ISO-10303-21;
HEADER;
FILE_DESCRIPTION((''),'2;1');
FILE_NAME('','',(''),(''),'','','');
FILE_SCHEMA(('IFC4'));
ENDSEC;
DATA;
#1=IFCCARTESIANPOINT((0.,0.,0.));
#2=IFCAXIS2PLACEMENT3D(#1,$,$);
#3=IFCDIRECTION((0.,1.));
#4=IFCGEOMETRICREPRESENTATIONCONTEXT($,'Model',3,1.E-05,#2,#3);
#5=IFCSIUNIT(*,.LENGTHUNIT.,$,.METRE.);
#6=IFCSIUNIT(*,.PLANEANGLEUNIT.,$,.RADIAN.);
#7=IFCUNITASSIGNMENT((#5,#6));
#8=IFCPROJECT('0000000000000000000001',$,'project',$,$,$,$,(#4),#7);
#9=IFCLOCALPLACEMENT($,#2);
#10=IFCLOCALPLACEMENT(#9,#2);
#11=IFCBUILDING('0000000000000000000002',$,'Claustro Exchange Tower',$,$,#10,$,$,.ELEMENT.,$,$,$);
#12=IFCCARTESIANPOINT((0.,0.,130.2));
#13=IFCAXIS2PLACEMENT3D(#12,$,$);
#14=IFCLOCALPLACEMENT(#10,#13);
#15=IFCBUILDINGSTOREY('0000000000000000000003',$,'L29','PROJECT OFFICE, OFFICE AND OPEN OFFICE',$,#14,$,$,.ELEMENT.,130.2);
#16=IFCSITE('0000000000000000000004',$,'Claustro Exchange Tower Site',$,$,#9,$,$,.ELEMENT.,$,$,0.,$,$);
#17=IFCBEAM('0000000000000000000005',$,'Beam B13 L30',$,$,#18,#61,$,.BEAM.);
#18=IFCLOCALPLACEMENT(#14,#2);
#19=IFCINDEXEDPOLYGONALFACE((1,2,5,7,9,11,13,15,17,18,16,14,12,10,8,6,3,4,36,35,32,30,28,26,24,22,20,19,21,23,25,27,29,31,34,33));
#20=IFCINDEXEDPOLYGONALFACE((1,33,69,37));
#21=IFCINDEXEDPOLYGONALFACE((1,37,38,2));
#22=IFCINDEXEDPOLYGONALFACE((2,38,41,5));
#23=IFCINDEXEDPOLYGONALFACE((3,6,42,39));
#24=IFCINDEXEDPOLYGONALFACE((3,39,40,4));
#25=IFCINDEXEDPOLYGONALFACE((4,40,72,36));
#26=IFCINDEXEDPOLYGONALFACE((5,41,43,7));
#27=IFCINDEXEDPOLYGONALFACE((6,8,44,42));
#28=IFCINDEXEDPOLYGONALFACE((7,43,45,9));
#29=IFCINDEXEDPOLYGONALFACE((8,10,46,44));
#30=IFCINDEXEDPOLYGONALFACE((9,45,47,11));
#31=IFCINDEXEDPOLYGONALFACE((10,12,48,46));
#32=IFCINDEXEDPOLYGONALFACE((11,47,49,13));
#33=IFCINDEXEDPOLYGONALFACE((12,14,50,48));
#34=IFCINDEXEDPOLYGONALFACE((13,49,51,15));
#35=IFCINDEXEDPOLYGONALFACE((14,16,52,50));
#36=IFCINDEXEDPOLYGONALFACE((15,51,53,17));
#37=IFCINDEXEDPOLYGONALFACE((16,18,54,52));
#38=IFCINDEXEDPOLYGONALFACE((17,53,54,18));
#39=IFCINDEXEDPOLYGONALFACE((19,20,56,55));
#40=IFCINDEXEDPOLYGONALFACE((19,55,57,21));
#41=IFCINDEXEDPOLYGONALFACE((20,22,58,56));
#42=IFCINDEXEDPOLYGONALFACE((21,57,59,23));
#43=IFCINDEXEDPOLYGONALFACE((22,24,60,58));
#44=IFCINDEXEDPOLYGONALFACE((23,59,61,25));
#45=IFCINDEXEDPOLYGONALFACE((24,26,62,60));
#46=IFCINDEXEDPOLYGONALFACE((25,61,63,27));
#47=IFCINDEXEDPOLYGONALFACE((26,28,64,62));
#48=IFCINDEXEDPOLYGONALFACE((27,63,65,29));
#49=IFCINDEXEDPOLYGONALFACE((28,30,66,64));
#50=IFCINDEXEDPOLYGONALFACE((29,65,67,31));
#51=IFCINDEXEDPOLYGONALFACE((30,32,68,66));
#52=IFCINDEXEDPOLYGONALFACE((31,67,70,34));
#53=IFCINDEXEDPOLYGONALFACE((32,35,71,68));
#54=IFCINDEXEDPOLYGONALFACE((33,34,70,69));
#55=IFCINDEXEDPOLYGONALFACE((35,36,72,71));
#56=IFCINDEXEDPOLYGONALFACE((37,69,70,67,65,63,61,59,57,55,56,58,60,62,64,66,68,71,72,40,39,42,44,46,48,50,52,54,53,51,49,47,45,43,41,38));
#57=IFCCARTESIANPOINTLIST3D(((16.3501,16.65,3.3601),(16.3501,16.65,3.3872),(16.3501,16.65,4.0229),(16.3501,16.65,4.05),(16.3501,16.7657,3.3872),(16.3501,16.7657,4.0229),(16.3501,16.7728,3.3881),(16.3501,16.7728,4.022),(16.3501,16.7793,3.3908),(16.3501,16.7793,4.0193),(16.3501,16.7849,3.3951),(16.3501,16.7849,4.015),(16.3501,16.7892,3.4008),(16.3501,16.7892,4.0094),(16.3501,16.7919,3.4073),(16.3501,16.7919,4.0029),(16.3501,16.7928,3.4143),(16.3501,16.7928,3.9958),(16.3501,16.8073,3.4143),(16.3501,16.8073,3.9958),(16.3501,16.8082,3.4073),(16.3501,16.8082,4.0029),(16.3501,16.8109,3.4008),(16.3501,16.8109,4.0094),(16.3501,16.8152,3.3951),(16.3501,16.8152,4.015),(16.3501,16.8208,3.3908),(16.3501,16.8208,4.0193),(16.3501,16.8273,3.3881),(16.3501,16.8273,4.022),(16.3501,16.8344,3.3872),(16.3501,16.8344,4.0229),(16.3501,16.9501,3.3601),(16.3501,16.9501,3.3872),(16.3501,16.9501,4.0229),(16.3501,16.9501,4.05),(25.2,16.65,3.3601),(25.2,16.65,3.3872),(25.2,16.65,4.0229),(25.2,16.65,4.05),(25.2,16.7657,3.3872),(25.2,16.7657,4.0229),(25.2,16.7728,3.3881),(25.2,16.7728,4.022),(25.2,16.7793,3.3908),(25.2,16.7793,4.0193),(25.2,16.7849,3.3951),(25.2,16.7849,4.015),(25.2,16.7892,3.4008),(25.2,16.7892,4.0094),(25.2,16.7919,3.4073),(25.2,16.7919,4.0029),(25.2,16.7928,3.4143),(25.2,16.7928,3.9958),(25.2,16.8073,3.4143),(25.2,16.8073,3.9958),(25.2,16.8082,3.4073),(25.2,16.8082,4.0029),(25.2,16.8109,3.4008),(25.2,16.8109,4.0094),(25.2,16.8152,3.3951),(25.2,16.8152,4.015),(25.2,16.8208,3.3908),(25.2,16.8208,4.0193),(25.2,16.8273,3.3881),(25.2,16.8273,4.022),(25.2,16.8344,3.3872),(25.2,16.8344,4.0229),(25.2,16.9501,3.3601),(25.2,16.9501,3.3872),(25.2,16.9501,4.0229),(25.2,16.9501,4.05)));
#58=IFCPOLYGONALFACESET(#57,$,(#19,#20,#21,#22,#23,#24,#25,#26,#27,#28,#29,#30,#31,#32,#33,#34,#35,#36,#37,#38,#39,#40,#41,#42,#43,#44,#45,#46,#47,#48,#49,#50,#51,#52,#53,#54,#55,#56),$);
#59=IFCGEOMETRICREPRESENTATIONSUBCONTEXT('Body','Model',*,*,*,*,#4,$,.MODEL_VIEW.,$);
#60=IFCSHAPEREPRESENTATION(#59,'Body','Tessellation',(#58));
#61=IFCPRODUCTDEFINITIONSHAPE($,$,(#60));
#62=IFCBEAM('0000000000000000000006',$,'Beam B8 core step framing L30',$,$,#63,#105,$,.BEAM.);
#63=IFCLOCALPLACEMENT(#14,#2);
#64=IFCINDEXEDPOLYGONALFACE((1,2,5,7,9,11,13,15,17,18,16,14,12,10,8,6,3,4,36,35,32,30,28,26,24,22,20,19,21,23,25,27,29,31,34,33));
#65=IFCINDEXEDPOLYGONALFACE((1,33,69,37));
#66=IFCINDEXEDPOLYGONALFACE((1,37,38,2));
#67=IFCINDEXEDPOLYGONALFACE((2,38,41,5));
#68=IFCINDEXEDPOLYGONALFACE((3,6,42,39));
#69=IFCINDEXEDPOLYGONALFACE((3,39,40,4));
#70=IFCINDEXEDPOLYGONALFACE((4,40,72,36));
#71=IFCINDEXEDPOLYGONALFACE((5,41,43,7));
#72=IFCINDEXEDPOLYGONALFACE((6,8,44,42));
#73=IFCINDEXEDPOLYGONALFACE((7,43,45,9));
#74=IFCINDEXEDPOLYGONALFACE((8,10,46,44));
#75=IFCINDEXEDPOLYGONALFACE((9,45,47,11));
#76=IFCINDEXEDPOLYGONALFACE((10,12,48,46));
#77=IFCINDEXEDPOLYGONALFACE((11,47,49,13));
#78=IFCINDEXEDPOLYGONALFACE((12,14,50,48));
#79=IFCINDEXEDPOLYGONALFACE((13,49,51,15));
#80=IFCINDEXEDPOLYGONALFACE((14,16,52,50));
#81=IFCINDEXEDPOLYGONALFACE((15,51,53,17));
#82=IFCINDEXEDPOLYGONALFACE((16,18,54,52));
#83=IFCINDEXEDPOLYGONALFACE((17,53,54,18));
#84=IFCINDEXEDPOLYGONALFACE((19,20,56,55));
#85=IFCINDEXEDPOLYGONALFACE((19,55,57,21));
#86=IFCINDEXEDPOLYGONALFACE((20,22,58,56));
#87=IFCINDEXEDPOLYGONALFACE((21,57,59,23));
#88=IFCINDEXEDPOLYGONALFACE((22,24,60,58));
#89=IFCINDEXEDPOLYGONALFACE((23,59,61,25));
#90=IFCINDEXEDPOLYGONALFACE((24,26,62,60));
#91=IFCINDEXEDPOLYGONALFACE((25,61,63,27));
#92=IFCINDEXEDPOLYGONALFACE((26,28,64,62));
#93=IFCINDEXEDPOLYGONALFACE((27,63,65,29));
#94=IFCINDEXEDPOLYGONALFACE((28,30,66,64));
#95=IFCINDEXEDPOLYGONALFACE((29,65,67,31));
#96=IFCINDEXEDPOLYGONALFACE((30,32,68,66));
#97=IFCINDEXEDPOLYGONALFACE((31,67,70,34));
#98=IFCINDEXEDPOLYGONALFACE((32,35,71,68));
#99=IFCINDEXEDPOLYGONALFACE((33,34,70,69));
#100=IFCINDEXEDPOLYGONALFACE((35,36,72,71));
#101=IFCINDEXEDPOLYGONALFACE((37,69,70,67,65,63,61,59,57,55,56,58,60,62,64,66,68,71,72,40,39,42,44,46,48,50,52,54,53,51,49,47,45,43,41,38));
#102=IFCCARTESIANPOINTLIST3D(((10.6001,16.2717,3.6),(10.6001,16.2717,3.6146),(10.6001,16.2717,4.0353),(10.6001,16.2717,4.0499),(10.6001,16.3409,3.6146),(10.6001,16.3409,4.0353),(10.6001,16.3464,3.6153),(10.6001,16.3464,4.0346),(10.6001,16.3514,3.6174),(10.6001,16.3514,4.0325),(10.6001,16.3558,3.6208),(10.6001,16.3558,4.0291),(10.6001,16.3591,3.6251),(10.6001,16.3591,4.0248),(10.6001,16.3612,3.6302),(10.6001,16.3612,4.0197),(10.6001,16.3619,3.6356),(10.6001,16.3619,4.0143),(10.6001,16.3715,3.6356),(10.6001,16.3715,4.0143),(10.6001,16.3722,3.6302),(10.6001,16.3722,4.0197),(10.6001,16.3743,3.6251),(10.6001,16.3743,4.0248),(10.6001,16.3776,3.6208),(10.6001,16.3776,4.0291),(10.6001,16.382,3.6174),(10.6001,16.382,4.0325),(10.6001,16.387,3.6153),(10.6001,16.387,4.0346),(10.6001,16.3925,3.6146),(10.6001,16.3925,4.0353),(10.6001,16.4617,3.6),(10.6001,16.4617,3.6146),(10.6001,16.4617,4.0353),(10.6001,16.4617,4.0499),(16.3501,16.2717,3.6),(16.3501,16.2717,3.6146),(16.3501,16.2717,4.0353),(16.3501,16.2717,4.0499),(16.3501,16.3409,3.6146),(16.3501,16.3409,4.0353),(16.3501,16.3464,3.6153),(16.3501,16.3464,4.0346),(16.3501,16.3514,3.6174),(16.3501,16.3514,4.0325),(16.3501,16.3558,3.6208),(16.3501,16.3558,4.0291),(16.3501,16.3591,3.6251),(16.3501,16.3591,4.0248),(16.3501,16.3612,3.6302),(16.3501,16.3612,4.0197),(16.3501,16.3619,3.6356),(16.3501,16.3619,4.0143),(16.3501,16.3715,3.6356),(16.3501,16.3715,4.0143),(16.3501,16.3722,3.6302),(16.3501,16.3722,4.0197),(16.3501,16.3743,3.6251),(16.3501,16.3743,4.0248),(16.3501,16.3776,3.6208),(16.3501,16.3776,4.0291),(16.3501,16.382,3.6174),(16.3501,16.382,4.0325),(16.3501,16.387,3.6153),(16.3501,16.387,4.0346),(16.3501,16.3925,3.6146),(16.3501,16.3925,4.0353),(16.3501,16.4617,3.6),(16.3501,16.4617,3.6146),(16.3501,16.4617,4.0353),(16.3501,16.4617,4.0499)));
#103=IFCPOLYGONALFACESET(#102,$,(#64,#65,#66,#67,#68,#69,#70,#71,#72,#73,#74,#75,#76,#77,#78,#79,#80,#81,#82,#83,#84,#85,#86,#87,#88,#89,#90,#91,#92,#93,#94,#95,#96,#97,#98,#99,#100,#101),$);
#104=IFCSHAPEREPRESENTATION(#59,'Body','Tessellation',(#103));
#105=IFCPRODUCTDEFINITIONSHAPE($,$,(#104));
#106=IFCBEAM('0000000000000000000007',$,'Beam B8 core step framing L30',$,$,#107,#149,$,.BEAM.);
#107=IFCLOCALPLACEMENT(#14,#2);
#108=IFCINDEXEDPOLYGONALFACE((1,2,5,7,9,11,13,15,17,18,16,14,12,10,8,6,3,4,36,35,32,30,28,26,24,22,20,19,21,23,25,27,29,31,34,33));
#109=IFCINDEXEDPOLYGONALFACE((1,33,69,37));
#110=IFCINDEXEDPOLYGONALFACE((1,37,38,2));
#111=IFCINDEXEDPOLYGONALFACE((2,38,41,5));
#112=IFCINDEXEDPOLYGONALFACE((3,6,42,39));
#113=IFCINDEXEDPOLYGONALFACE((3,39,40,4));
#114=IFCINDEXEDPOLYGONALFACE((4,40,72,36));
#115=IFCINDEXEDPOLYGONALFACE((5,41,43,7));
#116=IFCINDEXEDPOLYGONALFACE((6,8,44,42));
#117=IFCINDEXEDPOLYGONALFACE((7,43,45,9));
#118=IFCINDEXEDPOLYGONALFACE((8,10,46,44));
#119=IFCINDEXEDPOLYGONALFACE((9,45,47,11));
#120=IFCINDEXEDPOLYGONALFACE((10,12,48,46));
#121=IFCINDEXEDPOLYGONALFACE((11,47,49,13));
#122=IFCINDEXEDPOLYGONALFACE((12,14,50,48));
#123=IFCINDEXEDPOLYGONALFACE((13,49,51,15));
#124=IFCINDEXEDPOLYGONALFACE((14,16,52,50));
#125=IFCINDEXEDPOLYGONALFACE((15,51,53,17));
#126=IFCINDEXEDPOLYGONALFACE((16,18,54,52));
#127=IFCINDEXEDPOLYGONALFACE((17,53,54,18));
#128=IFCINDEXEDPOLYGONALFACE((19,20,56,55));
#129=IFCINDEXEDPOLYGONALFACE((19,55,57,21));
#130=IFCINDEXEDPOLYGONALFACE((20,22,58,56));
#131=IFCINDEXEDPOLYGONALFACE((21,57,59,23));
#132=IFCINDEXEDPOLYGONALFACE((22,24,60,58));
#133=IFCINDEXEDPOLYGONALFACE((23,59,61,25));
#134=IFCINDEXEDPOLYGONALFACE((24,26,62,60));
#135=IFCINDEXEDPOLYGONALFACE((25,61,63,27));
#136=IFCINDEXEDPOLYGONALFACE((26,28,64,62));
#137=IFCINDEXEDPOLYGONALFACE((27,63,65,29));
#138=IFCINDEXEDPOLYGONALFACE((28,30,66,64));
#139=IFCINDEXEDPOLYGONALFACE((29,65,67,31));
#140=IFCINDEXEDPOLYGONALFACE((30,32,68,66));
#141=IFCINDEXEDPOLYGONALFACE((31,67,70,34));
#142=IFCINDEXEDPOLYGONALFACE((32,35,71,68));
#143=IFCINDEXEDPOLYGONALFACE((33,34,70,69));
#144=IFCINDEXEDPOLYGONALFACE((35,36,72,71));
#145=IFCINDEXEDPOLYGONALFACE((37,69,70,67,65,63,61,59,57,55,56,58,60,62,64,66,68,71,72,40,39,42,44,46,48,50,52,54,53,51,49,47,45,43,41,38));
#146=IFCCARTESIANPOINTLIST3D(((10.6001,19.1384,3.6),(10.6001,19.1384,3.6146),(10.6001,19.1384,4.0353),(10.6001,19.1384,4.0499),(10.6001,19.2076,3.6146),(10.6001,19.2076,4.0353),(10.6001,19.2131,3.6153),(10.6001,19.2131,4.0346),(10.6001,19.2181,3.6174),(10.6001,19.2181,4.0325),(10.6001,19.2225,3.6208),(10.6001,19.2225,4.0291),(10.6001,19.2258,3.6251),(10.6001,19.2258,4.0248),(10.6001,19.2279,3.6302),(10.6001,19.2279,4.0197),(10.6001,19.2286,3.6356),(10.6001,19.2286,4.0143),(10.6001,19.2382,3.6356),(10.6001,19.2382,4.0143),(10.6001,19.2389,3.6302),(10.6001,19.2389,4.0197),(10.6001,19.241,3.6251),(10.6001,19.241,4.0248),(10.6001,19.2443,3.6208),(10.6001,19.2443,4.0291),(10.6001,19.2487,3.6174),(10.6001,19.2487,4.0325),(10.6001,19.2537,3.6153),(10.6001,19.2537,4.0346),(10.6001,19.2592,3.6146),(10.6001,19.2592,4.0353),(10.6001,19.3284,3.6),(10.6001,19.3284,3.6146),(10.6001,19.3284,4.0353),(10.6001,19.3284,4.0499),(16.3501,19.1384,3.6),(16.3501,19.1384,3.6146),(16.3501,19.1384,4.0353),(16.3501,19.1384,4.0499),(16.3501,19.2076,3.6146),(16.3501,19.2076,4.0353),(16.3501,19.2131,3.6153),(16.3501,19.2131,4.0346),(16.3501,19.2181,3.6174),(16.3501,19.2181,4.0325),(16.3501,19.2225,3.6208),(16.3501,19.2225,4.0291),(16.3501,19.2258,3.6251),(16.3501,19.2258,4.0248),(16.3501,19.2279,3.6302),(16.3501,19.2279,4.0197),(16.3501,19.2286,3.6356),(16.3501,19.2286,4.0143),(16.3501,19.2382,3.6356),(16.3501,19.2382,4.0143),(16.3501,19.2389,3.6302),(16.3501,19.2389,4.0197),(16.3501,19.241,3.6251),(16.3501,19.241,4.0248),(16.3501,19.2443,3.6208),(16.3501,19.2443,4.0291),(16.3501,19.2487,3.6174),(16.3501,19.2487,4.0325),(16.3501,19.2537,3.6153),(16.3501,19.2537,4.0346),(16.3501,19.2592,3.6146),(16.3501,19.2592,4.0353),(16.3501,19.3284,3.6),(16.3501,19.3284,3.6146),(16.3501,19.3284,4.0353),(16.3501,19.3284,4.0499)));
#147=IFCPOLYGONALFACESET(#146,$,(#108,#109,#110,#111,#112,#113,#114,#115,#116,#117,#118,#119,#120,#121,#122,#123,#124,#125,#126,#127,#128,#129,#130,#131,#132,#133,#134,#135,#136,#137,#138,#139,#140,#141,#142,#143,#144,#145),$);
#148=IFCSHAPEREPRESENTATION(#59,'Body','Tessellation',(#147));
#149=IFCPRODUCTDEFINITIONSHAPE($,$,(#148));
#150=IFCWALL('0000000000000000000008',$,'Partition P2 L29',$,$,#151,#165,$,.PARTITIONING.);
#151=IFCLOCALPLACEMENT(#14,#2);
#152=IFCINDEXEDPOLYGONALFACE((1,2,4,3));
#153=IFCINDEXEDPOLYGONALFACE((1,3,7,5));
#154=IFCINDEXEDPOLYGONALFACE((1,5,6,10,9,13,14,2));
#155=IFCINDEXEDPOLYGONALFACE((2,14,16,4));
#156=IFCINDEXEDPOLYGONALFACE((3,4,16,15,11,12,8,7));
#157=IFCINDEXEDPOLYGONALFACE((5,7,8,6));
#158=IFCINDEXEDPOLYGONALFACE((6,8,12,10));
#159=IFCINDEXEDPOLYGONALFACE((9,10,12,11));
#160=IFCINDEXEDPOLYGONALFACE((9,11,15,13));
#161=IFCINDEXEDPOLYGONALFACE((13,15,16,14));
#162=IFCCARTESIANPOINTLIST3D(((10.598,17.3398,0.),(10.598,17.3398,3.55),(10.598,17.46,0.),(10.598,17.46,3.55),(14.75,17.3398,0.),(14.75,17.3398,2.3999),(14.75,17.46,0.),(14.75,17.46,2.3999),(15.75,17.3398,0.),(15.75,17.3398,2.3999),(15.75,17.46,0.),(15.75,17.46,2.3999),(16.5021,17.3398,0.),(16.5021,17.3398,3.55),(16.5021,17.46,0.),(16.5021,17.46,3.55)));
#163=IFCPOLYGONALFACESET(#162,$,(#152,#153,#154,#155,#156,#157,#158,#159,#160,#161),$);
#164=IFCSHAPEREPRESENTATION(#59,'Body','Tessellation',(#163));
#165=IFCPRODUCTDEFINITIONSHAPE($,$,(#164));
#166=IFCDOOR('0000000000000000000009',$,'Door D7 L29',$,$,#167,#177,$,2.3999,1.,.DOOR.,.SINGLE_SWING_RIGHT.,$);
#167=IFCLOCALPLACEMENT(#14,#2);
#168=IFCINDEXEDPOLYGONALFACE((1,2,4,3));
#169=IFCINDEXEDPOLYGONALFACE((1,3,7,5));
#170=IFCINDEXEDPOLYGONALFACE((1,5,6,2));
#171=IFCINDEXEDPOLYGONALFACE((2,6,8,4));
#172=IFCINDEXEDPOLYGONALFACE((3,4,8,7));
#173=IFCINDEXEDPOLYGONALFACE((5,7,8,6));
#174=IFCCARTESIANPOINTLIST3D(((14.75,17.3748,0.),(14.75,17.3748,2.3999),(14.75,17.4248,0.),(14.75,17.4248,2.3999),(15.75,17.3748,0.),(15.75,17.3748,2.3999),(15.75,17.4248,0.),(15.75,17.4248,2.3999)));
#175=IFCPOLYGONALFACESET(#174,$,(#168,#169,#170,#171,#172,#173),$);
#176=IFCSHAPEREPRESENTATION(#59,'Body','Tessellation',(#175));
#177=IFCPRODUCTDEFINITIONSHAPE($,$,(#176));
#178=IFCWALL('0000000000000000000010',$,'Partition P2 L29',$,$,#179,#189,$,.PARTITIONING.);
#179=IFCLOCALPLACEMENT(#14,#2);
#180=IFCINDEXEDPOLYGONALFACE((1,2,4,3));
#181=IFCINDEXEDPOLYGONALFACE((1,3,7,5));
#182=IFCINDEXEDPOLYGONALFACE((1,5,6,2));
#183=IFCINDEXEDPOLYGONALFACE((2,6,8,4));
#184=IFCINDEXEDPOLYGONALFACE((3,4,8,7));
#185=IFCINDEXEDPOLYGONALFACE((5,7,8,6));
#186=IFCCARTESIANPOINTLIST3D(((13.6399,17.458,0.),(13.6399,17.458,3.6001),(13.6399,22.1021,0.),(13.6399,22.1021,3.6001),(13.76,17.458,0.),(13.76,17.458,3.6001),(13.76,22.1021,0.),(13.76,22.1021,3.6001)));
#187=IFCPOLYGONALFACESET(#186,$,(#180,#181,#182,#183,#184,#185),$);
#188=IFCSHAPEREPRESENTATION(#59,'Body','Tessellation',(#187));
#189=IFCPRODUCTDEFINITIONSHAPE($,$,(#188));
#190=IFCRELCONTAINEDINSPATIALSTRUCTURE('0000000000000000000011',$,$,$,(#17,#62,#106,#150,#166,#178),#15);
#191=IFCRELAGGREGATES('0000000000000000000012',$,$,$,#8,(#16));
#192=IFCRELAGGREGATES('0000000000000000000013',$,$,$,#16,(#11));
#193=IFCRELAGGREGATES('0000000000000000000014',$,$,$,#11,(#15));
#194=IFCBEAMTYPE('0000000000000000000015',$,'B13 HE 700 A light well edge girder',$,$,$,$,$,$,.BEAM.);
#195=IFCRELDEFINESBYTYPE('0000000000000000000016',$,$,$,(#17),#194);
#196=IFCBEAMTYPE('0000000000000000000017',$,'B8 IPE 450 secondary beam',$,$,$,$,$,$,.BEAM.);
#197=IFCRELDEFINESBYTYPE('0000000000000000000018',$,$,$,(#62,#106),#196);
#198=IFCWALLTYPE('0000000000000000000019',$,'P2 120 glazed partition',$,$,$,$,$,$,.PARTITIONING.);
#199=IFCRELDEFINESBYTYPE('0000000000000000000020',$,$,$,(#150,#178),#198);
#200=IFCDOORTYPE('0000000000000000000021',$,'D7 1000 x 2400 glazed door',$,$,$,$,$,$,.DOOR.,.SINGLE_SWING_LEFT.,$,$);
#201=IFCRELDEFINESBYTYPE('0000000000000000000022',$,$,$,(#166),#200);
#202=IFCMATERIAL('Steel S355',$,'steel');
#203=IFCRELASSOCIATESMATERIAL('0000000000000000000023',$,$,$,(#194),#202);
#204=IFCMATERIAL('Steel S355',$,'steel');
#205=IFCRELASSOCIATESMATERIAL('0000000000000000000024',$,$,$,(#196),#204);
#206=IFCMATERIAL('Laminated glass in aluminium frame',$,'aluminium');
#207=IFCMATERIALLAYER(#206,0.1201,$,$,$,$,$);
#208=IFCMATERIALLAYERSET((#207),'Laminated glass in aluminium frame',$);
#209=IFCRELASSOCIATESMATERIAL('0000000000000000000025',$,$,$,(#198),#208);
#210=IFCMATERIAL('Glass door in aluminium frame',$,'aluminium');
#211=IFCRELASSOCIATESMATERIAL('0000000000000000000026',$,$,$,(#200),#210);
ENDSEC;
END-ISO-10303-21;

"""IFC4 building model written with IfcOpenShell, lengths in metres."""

from ifc_helpers import new_model, si_unit, direction, frame, frame_2d, origin, origin_2d, place, context, subcontext, project, spatial, rectangle, i_section, extrude, material, layer, layer_set, material_profile, profile_set, type_object, element, fill, save


model = new_model("IFC4")

# Units and contexts
model_context = context("Model", 3, precision=1e-05, world=origin(), true_north=direction((0.0, 1.0)))
body_context = subcontext(model_context, "Body", "Model", "MODEL_VIEW")
ifc_project = project(units=[si_unit("LENGTHUNIT", "METRE"), si_unit("PLANEANGLEUNIT", "RADIAN")], contexts=[model_context])

# Site, building, storey
site_placement = place(None, origin())
site = spatial("IfcSite", under=ifc_project, at=site_placement, Name="Claustro Exchange Tower Site", CompositionType="ELEMENT", RefElevation=0.0)
building_placement = place(site_placement, origin())
building = spatial("IfcBuilding", under=site, at=building_placement, Name="Claustro Exchange Tower", CompositionType="ELEMENT")
storey_placement = place(building_placement, frame((0.0, 0.0, 130.2)))
storey = spatial("IfcBuildingStorey", under=building, at=storey_placement, Name="L29", Description="PROJECT OFFICE, OFFICE AND OPEN OFFICE", CompositionType="ELEMENT", Elevation=130.2)

# Beams
ifc_material_1 = material(Name="Steel S355", Category="steel")
ifc_material_profile_1 = material_profile(ifc_material_1, i_section(OverallWidth=0.3, OverallDepth=0.6899, WebThickness=0.0144, FlangeThickness=0.0271, FilletRadius=0.0271, at=origin_2d()), Name="HE 700 A")
ifc_profile_set_1 = profile_set([ifc_material_profile_1], Name="Steel S355")
beam_type_1 = type_object("IfcBeamType", Name="B13 HE 700 A light well edge girder", PredefinedType="BEAM", material=ifc_profile_set_1)
beam_placement = place(storey_placement, frame((16.3501, 16.8, 3.7051), z_axis=(1.0, 0.0, 0.0), x_axis=(0.0, 1.0, 0.0)))
element("IfcBeam", 1, at=beam_placement, inside=storey, type_object=beam_type_1, Name="Beam B13 L30", PredefinedType="BEAM", context=body_context, shape_type="SweptSolid", body=[
    extrude(i_section(OverallWidth=0.3, OverallDepth=0.6899, WebThickness=0.0144, FlangeThickness=0.0271, FilletRadius=0.0271, at=origin_2d()), origin(), (0.0, 0.0, 1.0), 8.8499),
])
ifc_material_2 = material(Name="Steel S355", Category="steel")
ifc_material_profile_2 = material_profile(ifc_material_2, i_section(OverallWidth=0.1899, OverallDepth=0.45, WebThickness=0.0095, FlangeThickness=0.0146, FilletRadius=0.021, at=origin_2d()), Name="IPE 450")
ifc_profile_set_2 = profile_set([ifc_material_profile_2], Name="Steel S355")
beam_type_2 = type_object("IfcBeamType", Name="B8 IPE 450 secondary beam", PredefinedType="BEAM", material=ifc_profile_set_2)
for number, where, z_axis, x_axis, name in (
    (2, (10.6001, 16.3667, 3.825), (1.0, 0.0, 0.0), (0.0, 1.0, 0.0), "Beam B8 core step framing L30"),
    (3, (10.6001, 19.2334, 3.825), (1.0, 0.0, 0.0), (0.0, 1.0, 0.0), "Beam B8 core step framing L30"),
):
    element("IfcBeam", number, at=place(storey_placement, frame(where, z_axis=z_axis, x_axis=x_axis)), inside=storey, type_object=beam_type_2, Name=name, PredefinedType="BEAM", context=body_context, shape_type="SweptSolid", body=[
        extrude(i_section(OverallWidth=0.1899, OverallDepth=0.45, WebThickness=0.0095, FlangeThickness=0.0146, FilletRadius=0.021, at=origin_2d()), origin(), (0.0, 0.0, 1.0), 5.75),
    ])

# Wall, opening, door
ifc_material_3 = material(Name="Laminated glass in aluminium frame", Category="aluminium")
ifc_layer_1 = layer(ifc_material_3, 0.1201)
ifc_layer_set_1 = layer_set([ifc_layer_1], Name="Laminated glass in aluminium frame")
wall_type_1 = type_object("IfcWallType", Name="P2 120 glazed partition", PredefinedType="PARTITIONING", material=ifc_layer_set_1)
wall_1_placement = place(storey_placement, frame((10.5979, 17.3999, 0.0), z_axis=(0.0, 0.0, 1.0), x_axis=(1.0, 0.0, 0.0)))
wall_1 = element("IfcWall", 4, at=wall_1_placement, inside=storey, type_object=wall_type_1, Name="Partition P2 L29", PredefinedType="PARTITIONING", context=body_context, shape_type="SweptSolid", body=[
    extrude(rectangle(XDim=5.9041, YDim=0.1201, at=frame_2d((2.9521, 0.0))), origin(), (0.0, 0.0, 1.0), 3.55),
])
opening_1_placement = place(wall_1_placement, frame((4.1521, 0.0, 0.0)))
opening_1 = element("IfcOpeningElement", 5, at=opening_1_placement, cuts=wall_1, PredefinedType="OPENING", context=body_context, shape_type="SweptSolid", body=[
    extrude(rectangle(XDim=1.0, YDim=2.3999, at=frame_2d((0.5, 1.2))), frame((0.0, 0.0701, 0.0), z_axis=(0.0, -1.0, 0.0), x_axis=(1.0, 0.0, 0.0)), (0.0, 0.0, 1.0), 0.1401),
])
ifc_material_4 = material(Name="Glass door in aluminium frame", Category="aluminium")
door_type_1 = type_object("IfcDoorType", Name="D7 1000 x 2400 glazed door", OperationType="SINGLE_SWING_LEFT", PredefinedType="DOOR", material=ifc_material_4)
door_1_placement = place(opening_1_placement, origin())
door_1 = element("IfcDoor", 6, at=door_1_placement, inside=storey, type_object=door_type_1, Name="Door D7 L29", OperationType="SINGLE_SWING_RIGHT", OverallHeight=2.3999, OverallWidth=1.0, PredefinedType="DOOR", context=body_context, shape_type="SweptSolid", body=[
    extrude(rectangle(XDim=1.0, YDim=2.3999, at=frame_2d((0.5, 1.2))), frame((0.0, 0.0249, 0.0), z_axis=(0.0, -1.0, 0.0), x_axis=(1.0, 0.0, 0.0)), (0.0, 0.0, 1.0), 0.05),
])
fill(opening_1, door_1)

# Wall
wall_2_placement = place(storey_placement, frame((13.7, 17.458, 0.0), z_axis=(0.0, 0.0, 1.0), x_axis=(0.0, 1.0, 0.0)))
element("IfcWall", 7, at=wall_2_placement, inside=storey, type_object=wall_type_1, Name="Partition P2 L29", PredefinedType="PARTITIONING", context=body_context, shape_type="SweptSolid", body=[
    extrude(rectangle(XDim=4.644, YDim=0.1201, at=frame_2d((2.322, 0.0))), origin(), (0.0, 0.0, 1.0), 3.6001),
])

save(model, "model.ifc")
